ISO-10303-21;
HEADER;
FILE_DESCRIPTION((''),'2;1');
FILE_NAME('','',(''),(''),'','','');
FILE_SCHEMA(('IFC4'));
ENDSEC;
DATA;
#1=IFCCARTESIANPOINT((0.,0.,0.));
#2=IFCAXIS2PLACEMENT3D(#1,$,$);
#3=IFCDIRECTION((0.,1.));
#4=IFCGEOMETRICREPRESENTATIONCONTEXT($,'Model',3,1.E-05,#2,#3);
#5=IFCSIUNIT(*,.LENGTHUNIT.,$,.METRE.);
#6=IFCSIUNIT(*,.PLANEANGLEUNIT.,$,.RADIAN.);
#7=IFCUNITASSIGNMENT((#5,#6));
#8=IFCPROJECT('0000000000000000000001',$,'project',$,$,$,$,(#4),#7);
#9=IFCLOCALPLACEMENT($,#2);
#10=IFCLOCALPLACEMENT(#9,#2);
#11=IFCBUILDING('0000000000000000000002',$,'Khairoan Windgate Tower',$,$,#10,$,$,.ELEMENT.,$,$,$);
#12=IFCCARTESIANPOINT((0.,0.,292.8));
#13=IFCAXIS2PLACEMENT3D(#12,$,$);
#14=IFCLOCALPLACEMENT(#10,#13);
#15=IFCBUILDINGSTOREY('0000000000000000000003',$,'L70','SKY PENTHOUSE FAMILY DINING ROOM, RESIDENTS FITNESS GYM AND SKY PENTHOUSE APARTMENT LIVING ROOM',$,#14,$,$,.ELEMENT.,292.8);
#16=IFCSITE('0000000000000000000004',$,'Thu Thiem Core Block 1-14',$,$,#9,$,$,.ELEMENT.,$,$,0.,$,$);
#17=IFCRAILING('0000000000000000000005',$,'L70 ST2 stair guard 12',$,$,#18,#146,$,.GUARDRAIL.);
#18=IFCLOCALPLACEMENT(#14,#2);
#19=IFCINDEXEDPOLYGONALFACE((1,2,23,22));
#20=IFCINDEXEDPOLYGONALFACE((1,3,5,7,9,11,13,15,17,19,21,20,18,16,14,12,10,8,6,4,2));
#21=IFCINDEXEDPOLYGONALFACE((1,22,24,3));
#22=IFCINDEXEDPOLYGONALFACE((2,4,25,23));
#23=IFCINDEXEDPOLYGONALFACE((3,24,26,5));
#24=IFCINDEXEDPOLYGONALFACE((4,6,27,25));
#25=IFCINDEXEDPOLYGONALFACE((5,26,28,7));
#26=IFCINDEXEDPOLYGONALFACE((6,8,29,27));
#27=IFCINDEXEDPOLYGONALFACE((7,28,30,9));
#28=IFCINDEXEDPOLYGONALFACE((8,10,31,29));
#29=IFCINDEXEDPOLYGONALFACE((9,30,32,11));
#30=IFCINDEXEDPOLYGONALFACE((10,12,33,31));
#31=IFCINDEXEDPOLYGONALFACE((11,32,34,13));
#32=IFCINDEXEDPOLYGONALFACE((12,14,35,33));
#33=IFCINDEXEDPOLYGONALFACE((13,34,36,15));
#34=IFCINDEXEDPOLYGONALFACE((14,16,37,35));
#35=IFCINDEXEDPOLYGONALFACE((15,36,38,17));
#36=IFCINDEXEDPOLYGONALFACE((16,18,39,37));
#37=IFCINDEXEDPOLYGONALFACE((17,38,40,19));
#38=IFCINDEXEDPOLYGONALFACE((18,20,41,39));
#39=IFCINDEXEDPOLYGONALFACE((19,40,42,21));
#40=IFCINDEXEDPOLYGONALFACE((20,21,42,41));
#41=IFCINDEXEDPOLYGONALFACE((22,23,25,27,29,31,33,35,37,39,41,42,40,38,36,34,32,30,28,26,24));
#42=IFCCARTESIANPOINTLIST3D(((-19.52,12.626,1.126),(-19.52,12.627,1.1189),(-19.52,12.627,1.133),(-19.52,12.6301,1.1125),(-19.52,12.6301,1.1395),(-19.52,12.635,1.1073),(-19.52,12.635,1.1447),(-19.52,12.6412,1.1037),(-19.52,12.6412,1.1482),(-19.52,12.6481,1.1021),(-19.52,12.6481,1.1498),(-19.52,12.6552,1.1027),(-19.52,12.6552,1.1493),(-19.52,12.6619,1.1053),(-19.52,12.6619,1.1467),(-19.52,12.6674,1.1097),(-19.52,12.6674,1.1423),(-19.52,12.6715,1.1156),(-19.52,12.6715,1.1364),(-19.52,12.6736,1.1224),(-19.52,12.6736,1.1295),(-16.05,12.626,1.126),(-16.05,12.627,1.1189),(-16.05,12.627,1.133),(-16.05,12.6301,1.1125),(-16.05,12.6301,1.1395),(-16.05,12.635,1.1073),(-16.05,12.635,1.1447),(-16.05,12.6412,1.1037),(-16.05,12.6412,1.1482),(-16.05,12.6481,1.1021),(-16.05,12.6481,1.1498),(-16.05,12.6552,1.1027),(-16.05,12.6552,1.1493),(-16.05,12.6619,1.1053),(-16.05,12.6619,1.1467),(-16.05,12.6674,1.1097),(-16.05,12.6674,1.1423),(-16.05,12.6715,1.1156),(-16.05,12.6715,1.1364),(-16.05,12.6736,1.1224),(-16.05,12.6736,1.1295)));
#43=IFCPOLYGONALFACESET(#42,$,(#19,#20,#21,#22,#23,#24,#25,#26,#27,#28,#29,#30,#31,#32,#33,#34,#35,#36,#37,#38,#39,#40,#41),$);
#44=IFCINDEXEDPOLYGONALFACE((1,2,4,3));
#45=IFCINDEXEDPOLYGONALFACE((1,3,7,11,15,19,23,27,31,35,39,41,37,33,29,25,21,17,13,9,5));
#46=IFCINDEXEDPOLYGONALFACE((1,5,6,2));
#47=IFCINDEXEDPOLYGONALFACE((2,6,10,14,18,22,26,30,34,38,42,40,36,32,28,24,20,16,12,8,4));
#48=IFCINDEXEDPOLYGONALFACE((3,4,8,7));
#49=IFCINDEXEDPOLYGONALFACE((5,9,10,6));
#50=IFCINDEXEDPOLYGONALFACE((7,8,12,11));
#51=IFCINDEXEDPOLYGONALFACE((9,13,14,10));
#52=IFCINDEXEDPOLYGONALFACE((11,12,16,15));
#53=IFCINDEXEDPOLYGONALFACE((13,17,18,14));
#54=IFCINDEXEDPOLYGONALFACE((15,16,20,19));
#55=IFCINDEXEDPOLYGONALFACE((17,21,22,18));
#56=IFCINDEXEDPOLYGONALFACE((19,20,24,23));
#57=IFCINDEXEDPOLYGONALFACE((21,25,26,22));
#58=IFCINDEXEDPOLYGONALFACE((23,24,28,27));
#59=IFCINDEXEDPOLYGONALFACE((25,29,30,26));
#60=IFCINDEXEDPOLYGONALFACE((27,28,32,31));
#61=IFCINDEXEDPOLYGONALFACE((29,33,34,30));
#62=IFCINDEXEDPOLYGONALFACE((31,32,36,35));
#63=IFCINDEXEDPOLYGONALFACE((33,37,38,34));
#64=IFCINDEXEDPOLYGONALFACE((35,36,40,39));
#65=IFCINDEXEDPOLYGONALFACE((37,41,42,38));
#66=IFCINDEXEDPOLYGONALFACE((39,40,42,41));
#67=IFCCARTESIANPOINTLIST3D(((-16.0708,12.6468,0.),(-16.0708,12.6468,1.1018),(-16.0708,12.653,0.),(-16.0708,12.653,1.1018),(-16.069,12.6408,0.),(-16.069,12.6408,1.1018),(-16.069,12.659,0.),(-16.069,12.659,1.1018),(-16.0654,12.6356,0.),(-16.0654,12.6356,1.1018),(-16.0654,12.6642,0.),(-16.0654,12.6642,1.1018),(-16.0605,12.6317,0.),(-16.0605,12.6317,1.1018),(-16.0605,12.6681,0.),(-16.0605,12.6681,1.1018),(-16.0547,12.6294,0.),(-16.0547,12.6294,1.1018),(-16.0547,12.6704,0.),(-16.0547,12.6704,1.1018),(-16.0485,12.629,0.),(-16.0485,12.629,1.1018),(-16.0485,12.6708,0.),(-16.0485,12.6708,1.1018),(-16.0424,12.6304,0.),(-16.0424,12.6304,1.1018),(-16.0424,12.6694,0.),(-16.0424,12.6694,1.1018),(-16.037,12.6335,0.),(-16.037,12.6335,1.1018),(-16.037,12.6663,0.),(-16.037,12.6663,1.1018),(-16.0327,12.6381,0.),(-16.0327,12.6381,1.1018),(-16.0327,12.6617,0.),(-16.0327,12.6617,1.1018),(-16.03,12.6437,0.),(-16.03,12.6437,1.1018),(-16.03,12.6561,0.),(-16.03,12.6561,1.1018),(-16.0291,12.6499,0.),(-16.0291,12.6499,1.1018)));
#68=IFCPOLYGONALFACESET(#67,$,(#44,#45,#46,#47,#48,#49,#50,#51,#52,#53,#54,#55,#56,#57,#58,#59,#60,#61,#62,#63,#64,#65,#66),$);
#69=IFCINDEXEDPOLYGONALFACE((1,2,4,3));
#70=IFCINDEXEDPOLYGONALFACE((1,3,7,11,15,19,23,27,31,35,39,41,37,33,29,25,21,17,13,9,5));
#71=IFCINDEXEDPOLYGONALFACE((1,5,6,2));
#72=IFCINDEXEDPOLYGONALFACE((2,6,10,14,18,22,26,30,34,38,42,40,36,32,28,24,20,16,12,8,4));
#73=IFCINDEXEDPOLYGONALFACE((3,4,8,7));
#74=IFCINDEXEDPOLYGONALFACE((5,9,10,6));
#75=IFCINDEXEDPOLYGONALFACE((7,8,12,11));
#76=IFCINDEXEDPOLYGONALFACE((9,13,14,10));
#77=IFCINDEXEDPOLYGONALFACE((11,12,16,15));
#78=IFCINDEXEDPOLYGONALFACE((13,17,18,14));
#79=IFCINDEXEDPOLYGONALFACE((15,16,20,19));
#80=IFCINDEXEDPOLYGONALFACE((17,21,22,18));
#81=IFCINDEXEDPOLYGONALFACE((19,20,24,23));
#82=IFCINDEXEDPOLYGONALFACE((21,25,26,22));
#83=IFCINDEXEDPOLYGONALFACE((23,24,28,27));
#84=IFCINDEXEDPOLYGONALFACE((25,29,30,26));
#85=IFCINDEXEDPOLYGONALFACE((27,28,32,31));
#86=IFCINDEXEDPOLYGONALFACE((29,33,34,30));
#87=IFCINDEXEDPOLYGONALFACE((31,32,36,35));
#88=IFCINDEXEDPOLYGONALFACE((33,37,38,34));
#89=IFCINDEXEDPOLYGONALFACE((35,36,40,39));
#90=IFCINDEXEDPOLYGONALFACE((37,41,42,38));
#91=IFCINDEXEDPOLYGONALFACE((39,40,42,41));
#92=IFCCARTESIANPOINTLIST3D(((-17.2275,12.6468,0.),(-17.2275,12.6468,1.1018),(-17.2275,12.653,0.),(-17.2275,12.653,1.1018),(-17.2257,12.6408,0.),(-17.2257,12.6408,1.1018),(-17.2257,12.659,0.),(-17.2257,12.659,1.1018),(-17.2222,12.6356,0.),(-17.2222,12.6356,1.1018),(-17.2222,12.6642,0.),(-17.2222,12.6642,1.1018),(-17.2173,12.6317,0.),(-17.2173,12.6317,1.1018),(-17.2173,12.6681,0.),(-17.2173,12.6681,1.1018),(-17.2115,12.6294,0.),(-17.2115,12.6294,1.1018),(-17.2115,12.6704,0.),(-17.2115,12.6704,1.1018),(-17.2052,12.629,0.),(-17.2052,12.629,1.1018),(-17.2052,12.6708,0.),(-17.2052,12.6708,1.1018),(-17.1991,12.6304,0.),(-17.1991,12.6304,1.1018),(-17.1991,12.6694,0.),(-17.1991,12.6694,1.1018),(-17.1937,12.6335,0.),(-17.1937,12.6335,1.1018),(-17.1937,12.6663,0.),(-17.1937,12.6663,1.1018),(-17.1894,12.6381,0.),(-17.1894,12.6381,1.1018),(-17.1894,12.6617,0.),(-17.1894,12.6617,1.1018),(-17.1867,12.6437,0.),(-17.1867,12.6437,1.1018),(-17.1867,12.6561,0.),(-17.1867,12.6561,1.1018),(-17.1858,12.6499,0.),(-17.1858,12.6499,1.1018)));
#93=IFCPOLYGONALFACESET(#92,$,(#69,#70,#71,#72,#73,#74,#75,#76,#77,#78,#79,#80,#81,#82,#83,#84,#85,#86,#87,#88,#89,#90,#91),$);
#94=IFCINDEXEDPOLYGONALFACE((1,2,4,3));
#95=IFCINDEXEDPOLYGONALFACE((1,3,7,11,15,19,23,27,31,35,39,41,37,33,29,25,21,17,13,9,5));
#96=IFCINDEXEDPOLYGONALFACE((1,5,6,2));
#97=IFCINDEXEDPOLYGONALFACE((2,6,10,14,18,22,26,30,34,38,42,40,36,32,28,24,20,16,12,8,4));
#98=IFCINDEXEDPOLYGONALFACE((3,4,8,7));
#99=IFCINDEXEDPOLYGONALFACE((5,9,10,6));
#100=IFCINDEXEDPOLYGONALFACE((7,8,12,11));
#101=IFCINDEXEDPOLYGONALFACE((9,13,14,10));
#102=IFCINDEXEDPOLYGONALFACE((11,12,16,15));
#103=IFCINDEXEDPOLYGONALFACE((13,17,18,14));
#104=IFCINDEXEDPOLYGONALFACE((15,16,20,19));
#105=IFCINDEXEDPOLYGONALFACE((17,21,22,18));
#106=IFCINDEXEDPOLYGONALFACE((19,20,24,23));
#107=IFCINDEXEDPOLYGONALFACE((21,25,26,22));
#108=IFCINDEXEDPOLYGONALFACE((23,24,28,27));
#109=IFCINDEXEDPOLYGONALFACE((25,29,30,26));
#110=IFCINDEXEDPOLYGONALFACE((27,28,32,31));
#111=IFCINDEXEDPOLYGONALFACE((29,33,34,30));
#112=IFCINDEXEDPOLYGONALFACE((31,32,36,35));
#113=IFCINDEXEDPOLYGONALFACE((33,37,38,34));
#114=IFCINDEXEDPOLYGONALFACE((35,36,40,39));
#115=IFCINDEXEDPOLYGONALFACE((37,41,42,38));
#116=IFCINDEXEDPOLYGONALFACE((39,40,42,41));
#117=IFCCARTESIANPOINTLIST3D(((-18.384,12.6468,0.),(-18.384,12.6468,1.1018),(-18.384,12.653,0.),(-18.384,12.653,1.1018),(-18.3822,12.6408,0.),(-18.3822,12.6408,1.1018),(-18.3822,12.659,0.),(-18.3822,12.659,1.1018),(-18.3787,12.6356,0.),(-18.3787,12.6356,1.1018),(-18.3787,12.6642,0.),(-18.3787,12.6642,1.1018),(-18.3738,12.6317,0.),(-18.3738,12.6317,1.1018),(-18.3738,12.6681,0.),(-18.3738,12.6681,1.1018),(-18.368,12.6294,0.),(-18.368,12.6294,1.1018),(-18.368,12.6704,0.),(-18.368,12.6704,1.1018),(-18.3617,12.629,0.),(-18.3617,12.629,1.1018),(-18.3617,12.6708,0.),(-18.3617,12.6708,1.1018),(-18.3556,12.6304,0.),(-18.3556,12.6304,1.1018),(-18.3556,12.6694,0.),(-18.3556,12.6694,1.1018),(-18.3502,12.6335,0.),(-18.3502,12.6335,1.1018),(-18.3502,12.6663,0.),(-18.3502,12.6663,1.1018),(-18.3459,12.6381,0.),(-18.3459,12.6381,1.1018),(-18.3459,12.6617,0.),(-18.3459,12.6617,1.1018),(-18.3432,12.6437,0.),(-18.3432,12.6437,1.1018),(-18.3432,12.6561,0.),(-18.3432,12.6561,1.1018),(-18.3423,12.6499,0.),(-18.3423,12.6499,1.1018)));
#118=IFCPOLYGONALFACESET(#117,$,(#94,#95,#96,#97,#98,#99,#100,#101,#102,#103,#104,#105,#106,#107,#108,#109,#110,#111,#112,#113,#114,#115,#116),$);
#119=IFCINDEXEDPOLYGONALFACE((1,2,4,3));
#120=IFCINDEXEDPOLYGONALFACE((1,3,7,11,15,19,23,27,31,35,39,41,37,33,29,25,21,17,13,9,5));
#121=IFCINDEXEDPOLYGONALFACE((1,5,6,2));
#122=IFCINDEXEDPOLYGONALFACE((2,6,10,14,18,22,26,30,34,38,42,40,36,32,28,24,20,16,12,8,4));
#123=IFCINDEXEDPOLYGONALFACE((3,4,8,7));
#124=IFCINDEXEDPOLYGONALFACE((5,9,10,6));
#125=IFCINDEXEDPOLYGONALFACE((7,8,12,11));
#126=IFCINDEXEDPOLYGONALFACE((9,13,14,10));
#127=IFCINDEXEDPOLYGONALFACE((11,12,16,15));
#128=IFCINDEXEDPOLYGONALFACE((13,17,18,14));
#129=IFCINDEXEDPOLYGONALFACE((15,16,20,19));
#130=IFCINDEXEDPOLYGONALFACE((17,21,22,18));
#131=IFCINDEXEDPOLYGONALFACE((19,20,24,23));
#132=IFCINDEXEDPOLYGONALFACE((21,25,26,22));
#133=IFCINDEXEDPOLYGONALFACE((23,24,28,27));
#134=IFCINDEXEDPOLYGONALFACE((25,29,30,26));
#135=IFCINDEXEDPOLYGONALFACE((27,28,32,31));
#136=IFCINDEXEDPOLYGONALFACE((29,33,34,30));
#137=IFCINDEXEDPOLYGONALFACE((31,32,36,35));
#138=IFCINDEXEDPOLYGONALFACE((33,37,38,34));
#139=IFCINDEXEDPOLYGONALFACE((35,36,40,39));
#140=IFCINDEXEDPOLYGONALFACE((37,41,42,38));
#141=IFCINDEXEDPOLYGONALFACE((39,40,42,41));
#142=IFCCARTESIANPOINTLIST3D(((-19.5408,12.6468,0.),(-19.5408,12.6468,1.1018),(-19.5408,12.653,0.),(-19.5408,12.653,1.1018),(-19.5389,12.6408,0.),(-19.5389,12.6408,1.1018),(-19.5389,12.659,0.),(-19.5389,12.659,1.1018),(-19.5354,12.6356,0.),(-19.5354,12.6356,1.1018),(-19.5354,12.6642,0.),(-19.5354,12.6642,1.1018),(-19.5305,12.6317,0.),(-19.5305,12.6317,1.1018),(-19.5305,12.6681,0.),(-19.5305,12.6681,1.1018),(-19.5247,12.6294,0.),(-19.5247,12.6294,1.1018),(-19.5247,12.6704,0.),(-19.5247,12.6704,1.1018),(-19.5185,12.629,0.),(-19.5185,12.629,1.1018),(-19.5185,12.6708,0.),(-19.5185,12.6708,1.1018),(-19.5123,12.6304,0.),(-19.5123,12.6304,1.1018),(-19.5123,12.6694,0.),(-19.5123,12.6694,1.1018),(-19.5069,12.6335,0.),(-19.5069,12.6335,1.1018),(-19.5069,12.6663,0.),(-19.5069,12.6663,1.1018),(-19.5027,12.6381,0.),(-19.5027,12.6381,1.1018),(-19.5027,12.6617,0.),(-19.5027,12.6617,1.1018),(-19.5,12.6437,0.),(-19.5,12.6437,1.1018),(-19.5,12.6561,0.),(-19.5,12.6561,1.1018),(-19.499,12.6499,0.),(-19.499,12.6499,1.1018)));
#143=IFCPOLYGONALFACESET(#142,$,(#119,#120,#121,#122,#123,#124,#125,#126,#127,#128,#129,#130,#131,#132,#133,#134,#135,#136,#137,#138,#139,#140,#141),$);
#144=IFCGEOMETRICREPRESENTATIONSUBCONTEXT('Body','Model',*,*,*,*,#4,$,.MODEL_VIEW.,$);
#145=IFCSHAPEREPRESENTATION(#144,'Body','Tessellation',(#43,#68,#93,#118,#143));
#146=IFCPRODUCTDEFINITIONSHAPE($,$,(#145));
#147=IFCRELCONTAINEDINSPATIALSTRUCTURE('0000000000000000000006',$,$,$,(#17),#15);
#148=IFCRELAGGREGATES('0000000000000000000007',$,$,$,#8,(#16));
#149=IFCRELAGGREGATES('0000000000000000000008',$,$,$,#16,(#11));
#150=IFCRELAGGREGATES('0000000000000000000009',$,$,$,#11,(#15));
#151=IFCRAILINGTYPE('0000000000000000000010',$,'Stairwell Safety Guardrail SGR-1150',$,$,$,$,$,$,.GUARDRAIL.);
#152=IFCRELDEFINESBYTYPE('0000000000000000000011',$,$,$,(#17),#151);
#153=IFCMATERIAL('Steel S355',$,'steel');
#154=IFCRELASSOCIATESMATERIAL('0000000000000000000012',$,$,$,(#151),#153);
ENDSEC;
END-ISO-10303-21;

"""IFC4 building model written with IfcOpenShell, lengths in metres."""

from ifc_helpers import new_model, si_unit, direction, frame, origin, origin_2d, place, context, subcontext, project, spatial, circle, extrude, material, type_object, element, save


model = new_model("IFC4")

# Units and contexts
model_context = context("Model", 3, precision=1e-05, world=origin(), true_north=direction((0.0, 1.0)))
body_context = subcontext(model_context, "Body", "Model", "MODEL_VIEW")
ifc_project = project(units=[si_unit("LENGTHUNIT", "METRE"), si_unit("PLANEANGLEUNIT", "RADIAN")], contexts=[model_context])

# Site, building, storey
site_placement = place(None, origin())
site = spatial("IfcSite", under=ifc_project, at=site_placement, Name="Thu Thiem Core Block 1-14", CompositionType="ELEMENT", RefElevation=0.0)
building_placement = place(site_placement, origin())
building = spatial("IfcBuilding", under=site, at=building_placement, Name="Khairoan Windgate Tower", CompositionType="ELEMENT")
storey_placement = place(building_placement, frame((0.0, 0.0, 292.8)))
storey = spatial("IfcBuildingStorey", under=building, at=storey_placement, Name="L70", Description="SKY PENTHOUSE FAMILY DINING ROOM, RESIDENTS FITNESS GYM AND SKY PENTHOUSE APARTMENT LIVING ROOM", CompositionType="ELEMENT", Elevation=292.8)

# Railing
ifc_material_1 = material(Name="Steel S355", Category="steel")
railing_type = type_object("IfcRailingType", Name="Stairwell Safety Guardrail SGR-1150", PredefinedType="GUARDRAIL", material=ifc_material_1)
railing_1_placement = place(storey_placement, frame((-16.05, 12.6499, 0.0)))
element("IfcRailing", 1, at=railing_1_placement, inside=storey, type_object=railing_type, Name="L70 ST2 stair guard 12", PredefinedType="GUARDRAIL", context=body_context, shape_type="SweptSolid", body=[
    extrude(circle(Radius=0.0239, at=origin_2d()), frame((0.0, 0.0, 1.126), z_axis=(-1.0, 0.0, 0.0), x_axis=(0.0, -1.0, 0.0)), (0.0, 0.0, 1.0), 3.47),
    extrude(circle(Radius=0.021, at=origin_2d()), origin(), (0.0, 0.0, 1.0), 1.1018),
    extrude(circle(Radius=0.021, at=origin_2d()), frame((-1.1567, 0.0, 0.0)), (0.0, 0.0, 1.0), 1.1018),
    extrude(circle(Radius=0.021, at=origin_2d()), frame((-2.3132, 0.0, 0.0)), (0.0, 0.0, 1.0), 1.1018),
    extrude(circle(Radius=0.021, at=origin_2d()), frame((-3.47, 0.0, 0.0)), (0.0, 0.0, 1.0), 1.1018),
])

save(model, "model.ifc")
